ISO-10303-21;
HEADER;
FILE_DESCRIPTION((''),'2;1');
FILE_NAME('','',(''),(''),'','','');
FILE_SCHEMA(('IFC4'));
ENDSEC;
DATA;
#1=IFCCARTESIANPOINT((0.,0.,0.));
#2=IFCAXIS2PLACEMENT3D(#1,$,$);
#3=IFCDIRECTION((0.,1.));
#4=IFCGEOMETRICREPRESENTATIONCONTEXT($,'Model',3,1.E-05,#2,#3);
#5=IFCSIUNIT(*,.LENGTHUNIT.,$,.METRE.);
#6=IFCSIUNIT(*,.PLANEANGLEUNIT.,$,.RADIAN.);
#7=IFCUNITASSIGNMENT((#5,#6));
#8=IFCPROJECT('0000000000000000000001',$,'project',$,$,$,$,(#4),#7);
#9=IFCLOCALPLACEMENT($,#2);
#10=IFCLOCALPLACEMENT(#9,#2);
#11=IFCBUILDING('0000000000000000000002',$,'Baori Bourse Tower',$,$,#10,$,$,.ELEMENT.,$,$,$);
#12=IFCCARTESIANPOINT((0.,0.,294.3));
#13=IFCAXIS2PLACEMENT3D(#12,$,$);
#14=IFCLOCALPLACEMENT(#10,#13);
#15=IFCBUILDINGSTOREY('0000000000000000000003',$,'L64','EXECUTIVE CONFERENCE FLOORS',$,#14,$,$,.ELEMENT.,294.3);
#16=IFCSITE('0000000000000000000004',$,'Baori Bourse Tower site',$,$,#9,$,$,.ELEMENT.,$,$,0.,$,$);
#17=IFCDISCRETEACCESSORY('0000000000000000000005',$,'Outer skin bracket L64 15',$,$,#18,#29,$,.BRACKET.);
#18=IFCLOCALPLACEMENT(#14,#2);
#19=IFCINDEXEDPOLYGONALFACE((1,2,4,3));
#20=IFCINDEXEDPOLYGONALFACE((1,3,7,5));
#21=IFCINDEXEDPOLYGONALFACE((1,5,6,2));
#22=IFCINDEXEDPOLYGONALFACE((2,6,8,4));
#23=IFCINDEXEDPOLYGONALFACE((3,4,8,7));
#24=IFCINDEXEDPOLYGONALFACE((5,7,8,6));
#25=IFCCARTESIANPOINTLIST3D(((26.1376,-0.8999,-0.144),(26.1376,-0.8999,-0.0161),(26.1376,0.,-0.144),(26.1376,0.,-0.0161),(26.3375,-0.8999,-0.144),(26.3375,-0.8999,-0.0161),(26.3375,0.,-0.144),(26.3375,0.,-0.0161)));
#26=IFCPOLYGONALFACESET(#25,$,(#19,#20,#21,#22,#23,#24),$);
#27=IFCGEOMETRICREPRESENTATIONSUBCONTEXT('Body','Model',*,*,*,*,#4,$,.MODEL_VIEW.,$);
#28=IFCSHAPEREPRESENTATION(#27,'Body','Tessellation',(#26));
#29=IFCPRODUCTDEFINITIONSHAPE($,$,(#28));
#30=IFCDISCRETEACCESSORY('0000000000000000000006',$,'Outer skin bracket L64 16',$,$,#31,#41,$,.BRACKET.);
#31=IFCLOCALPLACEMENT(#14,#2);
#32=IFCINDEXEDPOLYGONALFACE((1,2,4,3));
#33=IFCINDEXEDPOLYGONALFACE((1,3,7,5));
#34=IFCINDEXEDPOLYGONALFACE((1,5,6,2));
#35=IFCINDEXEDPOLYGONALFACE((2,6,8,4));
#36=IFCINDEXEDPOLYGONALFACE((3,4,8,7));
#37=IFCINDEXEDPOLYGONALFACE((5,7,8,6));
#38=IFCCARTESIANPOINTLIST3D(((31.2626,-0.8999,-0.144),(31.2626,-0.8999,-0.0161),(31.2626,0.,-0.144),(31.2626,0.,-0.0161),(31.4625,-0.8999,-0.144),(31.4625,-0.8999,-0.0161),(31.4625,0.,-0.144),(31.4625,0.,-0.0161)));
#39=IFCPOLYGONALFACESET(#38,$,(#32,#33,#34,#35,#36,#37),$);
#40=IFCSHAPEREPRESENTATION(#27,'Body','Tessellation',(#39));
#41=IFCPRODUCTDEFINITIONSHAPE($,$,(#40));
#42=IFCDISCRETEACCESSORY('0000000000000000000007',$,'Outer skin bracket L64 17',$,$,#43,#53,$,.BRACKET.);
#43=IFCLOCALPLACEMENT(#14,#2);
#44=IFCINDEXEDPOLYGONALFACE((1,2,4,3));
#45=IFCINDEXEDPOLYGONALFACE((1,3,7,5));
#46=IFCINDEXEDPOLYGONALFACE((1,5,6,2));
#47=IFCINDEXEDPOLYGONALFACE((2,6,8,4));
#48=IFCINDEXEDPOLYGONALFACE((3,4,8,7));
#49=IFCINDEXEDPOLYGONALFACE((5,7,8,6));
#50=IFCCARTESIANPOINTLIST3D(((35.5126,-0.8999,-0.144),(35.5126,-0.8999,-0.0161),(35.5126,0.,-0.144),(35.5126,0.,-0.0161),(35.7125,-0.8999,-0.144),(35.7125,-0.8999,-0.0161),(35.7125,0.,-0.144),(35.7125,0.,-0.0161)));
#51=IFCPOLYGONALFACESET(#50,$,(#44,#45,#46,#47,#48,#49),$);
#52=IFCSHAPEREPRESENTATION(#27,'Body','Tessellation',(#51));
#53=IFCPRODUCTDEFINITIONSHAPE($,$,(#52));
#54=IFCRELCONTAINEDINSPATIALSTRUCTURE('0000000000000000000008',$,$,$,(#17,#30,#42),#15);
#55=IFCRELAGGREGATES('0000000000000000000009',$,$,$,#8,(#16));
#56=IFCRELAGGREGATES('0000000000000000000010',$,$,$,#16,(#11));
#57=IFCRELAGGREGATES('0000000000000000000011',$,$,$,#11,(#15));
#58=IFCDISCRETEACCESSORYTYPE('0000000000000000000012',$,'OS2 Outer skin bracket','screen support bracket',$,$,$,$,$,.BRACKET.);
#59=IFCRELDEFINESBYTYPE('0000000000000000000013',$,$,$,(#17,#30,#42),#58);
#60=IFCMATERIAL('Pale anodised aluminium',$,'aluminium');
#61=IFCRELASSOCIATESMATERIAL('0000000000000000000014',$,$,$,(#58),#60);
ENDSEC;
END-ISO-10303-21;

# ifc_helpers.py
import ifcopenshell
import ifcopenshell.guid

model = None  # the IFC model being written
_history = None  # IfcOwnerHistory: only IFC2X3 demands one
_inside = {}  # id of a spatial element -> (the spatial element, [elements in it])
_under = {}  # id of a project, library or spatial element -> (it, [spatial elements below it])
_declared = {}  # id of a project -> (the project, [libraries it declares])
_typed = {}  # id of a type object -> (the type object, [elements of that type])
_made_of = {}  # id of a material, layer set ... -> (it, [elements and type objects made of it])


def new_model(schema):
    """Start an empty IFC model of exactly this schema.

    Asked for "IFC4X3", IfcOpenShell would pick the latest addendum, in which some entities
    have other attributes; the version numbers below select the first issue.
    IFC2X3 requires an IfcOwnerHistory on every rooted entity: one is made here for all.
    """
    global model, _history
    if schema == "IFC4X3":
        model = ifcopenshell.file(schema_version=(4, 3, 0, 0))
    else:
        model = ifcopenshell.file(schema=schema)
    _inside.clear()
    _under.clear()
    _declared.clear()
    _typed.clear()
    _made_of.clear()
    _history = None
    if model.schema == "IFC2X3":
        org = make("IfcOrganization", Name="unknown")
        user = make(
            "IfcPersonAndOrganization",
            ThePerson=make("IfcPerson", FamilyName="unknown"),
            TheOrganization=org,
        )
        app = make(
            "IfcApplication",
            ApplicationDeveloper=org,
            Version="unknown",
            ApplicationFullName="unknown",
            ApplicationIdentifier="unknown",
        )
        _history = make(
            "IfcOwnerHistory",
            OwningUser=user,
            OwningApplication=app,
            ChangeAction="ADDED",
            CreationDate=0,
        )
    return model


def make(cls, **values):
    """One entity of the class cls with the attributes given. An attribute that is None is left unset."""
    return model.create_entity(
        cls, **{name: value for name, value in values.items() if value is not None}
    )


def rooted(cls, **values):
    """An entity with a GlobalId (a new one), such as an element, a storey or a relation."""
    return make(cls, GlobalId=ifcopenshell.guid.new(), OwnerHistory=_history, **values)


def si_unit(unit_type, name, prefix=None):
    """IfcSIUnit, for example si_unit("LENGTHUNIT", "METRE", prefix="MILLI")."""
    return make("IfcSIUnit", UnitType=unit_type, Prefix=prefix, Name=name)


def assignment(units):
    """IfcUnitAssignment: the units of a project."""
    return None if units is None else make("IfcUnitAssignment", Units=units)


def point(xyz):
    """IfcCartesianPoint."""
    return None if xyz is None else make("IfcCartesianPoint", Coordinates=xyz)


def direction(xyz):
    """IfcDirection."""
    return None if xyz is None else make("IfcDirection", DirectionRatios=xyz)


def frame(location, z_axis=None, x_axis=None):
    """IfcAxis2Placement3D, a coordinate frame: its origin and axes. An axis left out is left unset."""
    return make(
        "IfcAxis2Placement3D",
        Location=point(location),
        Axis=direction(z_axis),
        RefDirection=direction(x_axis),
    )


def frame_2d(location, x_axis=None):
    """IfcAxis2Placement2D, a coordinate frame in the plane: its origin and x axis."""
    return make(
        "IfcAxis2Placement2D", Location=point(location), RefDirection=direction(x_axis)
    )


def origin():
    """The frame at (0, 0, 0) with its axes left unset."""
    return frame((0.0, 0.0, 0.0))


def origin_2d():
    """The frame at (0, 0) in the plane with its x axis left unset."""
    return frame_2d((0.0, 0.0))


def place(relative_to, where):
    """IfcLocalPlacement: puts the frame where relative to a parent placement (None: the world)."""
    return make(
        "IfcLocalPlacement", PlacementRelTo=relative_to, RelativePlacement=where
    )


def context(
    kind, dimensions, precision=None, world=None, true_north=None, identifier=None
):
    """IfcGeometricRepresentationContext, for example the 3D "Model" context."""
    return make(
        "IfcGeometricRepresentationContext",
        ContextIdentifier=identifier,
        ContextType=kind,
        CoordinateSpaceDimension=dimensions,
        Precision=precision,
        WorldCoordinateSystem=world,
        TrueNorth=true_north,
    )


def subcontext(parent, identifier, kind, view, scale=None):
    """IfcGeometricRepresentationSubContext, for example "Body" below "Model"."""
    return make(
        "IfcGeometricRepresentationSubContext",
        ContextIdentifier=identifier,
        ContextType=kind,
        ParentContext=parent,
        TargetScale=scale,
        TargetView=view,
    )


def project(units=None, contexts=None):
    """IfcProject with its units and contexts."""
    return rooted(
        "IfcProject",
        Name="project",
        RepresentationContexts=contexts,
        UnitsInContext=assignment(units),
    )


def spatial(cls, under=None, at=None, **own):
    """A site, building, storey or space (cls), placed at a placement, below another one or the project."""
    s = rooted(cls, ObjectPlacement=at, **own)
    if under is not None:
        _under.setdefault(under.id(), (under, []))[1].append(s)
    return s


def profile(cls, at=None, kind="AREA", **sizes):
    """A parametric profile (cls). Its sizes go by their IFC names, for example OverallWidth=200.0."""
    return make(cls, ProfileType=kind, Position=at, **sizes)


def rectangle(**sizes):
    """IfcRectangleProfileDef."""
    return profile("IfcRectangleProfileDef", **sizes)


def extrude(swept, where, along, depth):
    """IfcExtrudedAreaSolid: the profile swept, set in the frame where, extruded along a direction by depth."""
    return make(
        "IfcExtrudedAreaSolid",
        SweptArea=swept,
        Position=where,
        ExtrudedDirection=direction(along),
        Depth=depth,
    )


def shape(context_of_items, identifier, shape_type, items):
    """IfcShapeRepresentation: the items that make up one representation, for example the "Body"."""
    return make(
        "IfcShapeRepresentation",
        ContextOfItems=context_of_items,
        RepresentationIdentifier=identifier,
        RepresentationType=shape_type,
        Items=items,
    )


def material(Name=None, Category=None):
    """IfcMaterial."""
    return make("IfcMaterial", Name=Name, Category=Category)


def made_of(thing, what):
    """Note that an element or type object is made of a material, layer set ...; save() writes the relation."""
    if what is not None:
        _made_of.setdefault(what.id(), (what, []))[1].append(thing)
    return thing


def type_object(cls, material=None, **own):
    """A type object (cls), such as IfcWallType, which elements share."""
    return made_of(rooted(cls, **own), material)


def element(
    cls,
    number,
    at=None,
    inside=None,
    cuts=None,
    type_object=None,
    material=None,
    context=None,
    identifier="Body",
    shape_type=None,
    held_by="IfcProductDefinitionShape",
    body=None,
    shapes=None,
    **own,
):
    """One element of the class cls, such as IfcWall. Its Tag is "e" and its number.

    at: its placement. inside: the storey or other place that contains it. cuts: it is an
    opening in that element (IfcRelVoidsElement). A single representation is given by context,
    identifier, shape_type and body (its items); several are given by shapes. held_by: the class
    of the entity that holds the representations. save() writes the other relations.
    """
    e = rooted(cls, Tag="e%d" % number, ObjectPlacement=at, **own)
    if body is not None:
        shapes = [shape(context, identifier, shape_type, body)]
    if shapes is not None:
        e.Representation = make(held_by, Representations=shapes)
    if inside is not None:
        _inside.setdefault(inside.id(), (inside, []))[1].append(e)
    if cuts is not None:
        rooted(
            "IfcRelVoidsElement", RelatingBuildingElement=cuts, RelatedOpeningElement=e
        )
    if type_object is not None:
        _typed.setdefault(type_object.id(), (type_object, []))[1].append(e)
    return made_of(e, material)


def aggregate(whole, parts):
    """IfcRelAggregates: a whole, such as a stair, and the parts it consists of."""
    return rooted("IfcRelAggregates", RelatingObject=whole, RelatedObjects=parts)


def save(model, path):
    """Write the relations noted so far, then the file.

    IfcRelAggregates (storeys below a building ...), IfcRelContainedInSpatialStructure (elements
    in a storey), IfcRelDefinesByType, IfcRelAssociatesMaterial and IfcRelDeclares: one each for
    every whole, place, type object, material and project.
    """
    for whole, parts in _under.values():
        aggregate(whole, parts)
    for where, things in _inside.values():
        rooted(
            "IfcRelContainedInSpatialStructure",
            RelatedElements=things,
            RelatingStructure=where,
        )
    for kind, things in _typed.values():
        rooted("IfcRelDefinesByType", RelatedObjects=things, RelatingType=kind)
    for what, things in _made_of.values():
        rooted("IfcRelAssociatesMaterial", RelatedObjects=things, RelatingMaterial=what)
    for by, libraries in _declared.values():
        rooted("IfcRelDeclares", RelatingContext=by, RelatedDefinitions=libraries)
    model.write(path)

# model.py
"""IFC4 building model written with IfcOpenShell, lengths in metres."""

from ifc_helpers import new_model, si_unit, direction, frame, origin, origin_2d, place, context, subcontext, project, spatial, rectangle, extrude, material, type_object, element, save


model = new_model("IFC4")

# Units and contexts
model_context = context("Model", 3, precision=1e-05, world=origin(), true_north=direction((0.0, 1.0)))
body_context = subcontext(model_context, "Body", "Model", "MODEL_VIEW")
ifc_project = project(units=[si_unit("LENGTHUNIT", "METRE"), si_unit("PLANEANGLEUNIT", "RADIAN")], contexts=[model_context])

# Site, building, storey
site_placement = place(None, origin())
site = spatial("IfcSite", under=ifc_project, at=site_placement, Name="Baori Bourse Tower site", CompositionType="ELEMENT", RefElevation=0.0)
building_placement = place(site_placement, origin())
building = spatial("IfcBuilding", under=site, at=building_placement, Name="Baori Bourse Tower", CompositionType="ELEMENT")
storey_placement = place(building_placement, frame((0.0, 0.0, 294.3)))
storey = spatial("IfcBuildingStorey", under=building, at=storey_placement, Name="L64", Description="EXECUTIVE CONFERENCE FLOORS", CompositionType="ELEMENT", Elevation=294.3)

# Discrete accessories
ifc_material_1 = material(Name="Pale anodised aluminium", Category="aluminium")
discrete_accessory_type = type_object("IfcDiscreteAccessoryType", Name="OS2 Outer skin bracket", Description="screen support bracket", PredefinedType="BRACKET", material=ifc_material_1)
for number, where, z_axis, x_axis, name in (
    (1, (26.2375, -0.45, -0.144), (0.0, 0.0, 1.0), (1.0, 0.0, 0.0), "Outer skin bracket L64 15"),
    (2, (31.3625, -0.45, -0.144), (0.0, 0.0, 1.0), (1.0, 0.0, 0.0), "Outer skin bracket L64 16"),
    (3, (35.6125, -0.45, -0.144), (0.0, 0.0, 1.0), (1.0, 0.0, 0.0), "Outer skin bracket L64 17"),
):
    element("IfcDiscreteAccessory", number, at=place(storey_placement, frame(where, z_axis=z_axis, x_axis=x_axis)), inside=storey, type_object=discrete_accessory_type, Name=name, PredefinedType="BRACKET", context=body_context, shape_type="SweptSolid", body=[
        extrude(rectangle(XDim=0.2, YDim=0.8999, at=origin_2d()), origin(), (0.0, 0.0, 1.0), 0.1279),
    ])

save(model, "model.ifc")
